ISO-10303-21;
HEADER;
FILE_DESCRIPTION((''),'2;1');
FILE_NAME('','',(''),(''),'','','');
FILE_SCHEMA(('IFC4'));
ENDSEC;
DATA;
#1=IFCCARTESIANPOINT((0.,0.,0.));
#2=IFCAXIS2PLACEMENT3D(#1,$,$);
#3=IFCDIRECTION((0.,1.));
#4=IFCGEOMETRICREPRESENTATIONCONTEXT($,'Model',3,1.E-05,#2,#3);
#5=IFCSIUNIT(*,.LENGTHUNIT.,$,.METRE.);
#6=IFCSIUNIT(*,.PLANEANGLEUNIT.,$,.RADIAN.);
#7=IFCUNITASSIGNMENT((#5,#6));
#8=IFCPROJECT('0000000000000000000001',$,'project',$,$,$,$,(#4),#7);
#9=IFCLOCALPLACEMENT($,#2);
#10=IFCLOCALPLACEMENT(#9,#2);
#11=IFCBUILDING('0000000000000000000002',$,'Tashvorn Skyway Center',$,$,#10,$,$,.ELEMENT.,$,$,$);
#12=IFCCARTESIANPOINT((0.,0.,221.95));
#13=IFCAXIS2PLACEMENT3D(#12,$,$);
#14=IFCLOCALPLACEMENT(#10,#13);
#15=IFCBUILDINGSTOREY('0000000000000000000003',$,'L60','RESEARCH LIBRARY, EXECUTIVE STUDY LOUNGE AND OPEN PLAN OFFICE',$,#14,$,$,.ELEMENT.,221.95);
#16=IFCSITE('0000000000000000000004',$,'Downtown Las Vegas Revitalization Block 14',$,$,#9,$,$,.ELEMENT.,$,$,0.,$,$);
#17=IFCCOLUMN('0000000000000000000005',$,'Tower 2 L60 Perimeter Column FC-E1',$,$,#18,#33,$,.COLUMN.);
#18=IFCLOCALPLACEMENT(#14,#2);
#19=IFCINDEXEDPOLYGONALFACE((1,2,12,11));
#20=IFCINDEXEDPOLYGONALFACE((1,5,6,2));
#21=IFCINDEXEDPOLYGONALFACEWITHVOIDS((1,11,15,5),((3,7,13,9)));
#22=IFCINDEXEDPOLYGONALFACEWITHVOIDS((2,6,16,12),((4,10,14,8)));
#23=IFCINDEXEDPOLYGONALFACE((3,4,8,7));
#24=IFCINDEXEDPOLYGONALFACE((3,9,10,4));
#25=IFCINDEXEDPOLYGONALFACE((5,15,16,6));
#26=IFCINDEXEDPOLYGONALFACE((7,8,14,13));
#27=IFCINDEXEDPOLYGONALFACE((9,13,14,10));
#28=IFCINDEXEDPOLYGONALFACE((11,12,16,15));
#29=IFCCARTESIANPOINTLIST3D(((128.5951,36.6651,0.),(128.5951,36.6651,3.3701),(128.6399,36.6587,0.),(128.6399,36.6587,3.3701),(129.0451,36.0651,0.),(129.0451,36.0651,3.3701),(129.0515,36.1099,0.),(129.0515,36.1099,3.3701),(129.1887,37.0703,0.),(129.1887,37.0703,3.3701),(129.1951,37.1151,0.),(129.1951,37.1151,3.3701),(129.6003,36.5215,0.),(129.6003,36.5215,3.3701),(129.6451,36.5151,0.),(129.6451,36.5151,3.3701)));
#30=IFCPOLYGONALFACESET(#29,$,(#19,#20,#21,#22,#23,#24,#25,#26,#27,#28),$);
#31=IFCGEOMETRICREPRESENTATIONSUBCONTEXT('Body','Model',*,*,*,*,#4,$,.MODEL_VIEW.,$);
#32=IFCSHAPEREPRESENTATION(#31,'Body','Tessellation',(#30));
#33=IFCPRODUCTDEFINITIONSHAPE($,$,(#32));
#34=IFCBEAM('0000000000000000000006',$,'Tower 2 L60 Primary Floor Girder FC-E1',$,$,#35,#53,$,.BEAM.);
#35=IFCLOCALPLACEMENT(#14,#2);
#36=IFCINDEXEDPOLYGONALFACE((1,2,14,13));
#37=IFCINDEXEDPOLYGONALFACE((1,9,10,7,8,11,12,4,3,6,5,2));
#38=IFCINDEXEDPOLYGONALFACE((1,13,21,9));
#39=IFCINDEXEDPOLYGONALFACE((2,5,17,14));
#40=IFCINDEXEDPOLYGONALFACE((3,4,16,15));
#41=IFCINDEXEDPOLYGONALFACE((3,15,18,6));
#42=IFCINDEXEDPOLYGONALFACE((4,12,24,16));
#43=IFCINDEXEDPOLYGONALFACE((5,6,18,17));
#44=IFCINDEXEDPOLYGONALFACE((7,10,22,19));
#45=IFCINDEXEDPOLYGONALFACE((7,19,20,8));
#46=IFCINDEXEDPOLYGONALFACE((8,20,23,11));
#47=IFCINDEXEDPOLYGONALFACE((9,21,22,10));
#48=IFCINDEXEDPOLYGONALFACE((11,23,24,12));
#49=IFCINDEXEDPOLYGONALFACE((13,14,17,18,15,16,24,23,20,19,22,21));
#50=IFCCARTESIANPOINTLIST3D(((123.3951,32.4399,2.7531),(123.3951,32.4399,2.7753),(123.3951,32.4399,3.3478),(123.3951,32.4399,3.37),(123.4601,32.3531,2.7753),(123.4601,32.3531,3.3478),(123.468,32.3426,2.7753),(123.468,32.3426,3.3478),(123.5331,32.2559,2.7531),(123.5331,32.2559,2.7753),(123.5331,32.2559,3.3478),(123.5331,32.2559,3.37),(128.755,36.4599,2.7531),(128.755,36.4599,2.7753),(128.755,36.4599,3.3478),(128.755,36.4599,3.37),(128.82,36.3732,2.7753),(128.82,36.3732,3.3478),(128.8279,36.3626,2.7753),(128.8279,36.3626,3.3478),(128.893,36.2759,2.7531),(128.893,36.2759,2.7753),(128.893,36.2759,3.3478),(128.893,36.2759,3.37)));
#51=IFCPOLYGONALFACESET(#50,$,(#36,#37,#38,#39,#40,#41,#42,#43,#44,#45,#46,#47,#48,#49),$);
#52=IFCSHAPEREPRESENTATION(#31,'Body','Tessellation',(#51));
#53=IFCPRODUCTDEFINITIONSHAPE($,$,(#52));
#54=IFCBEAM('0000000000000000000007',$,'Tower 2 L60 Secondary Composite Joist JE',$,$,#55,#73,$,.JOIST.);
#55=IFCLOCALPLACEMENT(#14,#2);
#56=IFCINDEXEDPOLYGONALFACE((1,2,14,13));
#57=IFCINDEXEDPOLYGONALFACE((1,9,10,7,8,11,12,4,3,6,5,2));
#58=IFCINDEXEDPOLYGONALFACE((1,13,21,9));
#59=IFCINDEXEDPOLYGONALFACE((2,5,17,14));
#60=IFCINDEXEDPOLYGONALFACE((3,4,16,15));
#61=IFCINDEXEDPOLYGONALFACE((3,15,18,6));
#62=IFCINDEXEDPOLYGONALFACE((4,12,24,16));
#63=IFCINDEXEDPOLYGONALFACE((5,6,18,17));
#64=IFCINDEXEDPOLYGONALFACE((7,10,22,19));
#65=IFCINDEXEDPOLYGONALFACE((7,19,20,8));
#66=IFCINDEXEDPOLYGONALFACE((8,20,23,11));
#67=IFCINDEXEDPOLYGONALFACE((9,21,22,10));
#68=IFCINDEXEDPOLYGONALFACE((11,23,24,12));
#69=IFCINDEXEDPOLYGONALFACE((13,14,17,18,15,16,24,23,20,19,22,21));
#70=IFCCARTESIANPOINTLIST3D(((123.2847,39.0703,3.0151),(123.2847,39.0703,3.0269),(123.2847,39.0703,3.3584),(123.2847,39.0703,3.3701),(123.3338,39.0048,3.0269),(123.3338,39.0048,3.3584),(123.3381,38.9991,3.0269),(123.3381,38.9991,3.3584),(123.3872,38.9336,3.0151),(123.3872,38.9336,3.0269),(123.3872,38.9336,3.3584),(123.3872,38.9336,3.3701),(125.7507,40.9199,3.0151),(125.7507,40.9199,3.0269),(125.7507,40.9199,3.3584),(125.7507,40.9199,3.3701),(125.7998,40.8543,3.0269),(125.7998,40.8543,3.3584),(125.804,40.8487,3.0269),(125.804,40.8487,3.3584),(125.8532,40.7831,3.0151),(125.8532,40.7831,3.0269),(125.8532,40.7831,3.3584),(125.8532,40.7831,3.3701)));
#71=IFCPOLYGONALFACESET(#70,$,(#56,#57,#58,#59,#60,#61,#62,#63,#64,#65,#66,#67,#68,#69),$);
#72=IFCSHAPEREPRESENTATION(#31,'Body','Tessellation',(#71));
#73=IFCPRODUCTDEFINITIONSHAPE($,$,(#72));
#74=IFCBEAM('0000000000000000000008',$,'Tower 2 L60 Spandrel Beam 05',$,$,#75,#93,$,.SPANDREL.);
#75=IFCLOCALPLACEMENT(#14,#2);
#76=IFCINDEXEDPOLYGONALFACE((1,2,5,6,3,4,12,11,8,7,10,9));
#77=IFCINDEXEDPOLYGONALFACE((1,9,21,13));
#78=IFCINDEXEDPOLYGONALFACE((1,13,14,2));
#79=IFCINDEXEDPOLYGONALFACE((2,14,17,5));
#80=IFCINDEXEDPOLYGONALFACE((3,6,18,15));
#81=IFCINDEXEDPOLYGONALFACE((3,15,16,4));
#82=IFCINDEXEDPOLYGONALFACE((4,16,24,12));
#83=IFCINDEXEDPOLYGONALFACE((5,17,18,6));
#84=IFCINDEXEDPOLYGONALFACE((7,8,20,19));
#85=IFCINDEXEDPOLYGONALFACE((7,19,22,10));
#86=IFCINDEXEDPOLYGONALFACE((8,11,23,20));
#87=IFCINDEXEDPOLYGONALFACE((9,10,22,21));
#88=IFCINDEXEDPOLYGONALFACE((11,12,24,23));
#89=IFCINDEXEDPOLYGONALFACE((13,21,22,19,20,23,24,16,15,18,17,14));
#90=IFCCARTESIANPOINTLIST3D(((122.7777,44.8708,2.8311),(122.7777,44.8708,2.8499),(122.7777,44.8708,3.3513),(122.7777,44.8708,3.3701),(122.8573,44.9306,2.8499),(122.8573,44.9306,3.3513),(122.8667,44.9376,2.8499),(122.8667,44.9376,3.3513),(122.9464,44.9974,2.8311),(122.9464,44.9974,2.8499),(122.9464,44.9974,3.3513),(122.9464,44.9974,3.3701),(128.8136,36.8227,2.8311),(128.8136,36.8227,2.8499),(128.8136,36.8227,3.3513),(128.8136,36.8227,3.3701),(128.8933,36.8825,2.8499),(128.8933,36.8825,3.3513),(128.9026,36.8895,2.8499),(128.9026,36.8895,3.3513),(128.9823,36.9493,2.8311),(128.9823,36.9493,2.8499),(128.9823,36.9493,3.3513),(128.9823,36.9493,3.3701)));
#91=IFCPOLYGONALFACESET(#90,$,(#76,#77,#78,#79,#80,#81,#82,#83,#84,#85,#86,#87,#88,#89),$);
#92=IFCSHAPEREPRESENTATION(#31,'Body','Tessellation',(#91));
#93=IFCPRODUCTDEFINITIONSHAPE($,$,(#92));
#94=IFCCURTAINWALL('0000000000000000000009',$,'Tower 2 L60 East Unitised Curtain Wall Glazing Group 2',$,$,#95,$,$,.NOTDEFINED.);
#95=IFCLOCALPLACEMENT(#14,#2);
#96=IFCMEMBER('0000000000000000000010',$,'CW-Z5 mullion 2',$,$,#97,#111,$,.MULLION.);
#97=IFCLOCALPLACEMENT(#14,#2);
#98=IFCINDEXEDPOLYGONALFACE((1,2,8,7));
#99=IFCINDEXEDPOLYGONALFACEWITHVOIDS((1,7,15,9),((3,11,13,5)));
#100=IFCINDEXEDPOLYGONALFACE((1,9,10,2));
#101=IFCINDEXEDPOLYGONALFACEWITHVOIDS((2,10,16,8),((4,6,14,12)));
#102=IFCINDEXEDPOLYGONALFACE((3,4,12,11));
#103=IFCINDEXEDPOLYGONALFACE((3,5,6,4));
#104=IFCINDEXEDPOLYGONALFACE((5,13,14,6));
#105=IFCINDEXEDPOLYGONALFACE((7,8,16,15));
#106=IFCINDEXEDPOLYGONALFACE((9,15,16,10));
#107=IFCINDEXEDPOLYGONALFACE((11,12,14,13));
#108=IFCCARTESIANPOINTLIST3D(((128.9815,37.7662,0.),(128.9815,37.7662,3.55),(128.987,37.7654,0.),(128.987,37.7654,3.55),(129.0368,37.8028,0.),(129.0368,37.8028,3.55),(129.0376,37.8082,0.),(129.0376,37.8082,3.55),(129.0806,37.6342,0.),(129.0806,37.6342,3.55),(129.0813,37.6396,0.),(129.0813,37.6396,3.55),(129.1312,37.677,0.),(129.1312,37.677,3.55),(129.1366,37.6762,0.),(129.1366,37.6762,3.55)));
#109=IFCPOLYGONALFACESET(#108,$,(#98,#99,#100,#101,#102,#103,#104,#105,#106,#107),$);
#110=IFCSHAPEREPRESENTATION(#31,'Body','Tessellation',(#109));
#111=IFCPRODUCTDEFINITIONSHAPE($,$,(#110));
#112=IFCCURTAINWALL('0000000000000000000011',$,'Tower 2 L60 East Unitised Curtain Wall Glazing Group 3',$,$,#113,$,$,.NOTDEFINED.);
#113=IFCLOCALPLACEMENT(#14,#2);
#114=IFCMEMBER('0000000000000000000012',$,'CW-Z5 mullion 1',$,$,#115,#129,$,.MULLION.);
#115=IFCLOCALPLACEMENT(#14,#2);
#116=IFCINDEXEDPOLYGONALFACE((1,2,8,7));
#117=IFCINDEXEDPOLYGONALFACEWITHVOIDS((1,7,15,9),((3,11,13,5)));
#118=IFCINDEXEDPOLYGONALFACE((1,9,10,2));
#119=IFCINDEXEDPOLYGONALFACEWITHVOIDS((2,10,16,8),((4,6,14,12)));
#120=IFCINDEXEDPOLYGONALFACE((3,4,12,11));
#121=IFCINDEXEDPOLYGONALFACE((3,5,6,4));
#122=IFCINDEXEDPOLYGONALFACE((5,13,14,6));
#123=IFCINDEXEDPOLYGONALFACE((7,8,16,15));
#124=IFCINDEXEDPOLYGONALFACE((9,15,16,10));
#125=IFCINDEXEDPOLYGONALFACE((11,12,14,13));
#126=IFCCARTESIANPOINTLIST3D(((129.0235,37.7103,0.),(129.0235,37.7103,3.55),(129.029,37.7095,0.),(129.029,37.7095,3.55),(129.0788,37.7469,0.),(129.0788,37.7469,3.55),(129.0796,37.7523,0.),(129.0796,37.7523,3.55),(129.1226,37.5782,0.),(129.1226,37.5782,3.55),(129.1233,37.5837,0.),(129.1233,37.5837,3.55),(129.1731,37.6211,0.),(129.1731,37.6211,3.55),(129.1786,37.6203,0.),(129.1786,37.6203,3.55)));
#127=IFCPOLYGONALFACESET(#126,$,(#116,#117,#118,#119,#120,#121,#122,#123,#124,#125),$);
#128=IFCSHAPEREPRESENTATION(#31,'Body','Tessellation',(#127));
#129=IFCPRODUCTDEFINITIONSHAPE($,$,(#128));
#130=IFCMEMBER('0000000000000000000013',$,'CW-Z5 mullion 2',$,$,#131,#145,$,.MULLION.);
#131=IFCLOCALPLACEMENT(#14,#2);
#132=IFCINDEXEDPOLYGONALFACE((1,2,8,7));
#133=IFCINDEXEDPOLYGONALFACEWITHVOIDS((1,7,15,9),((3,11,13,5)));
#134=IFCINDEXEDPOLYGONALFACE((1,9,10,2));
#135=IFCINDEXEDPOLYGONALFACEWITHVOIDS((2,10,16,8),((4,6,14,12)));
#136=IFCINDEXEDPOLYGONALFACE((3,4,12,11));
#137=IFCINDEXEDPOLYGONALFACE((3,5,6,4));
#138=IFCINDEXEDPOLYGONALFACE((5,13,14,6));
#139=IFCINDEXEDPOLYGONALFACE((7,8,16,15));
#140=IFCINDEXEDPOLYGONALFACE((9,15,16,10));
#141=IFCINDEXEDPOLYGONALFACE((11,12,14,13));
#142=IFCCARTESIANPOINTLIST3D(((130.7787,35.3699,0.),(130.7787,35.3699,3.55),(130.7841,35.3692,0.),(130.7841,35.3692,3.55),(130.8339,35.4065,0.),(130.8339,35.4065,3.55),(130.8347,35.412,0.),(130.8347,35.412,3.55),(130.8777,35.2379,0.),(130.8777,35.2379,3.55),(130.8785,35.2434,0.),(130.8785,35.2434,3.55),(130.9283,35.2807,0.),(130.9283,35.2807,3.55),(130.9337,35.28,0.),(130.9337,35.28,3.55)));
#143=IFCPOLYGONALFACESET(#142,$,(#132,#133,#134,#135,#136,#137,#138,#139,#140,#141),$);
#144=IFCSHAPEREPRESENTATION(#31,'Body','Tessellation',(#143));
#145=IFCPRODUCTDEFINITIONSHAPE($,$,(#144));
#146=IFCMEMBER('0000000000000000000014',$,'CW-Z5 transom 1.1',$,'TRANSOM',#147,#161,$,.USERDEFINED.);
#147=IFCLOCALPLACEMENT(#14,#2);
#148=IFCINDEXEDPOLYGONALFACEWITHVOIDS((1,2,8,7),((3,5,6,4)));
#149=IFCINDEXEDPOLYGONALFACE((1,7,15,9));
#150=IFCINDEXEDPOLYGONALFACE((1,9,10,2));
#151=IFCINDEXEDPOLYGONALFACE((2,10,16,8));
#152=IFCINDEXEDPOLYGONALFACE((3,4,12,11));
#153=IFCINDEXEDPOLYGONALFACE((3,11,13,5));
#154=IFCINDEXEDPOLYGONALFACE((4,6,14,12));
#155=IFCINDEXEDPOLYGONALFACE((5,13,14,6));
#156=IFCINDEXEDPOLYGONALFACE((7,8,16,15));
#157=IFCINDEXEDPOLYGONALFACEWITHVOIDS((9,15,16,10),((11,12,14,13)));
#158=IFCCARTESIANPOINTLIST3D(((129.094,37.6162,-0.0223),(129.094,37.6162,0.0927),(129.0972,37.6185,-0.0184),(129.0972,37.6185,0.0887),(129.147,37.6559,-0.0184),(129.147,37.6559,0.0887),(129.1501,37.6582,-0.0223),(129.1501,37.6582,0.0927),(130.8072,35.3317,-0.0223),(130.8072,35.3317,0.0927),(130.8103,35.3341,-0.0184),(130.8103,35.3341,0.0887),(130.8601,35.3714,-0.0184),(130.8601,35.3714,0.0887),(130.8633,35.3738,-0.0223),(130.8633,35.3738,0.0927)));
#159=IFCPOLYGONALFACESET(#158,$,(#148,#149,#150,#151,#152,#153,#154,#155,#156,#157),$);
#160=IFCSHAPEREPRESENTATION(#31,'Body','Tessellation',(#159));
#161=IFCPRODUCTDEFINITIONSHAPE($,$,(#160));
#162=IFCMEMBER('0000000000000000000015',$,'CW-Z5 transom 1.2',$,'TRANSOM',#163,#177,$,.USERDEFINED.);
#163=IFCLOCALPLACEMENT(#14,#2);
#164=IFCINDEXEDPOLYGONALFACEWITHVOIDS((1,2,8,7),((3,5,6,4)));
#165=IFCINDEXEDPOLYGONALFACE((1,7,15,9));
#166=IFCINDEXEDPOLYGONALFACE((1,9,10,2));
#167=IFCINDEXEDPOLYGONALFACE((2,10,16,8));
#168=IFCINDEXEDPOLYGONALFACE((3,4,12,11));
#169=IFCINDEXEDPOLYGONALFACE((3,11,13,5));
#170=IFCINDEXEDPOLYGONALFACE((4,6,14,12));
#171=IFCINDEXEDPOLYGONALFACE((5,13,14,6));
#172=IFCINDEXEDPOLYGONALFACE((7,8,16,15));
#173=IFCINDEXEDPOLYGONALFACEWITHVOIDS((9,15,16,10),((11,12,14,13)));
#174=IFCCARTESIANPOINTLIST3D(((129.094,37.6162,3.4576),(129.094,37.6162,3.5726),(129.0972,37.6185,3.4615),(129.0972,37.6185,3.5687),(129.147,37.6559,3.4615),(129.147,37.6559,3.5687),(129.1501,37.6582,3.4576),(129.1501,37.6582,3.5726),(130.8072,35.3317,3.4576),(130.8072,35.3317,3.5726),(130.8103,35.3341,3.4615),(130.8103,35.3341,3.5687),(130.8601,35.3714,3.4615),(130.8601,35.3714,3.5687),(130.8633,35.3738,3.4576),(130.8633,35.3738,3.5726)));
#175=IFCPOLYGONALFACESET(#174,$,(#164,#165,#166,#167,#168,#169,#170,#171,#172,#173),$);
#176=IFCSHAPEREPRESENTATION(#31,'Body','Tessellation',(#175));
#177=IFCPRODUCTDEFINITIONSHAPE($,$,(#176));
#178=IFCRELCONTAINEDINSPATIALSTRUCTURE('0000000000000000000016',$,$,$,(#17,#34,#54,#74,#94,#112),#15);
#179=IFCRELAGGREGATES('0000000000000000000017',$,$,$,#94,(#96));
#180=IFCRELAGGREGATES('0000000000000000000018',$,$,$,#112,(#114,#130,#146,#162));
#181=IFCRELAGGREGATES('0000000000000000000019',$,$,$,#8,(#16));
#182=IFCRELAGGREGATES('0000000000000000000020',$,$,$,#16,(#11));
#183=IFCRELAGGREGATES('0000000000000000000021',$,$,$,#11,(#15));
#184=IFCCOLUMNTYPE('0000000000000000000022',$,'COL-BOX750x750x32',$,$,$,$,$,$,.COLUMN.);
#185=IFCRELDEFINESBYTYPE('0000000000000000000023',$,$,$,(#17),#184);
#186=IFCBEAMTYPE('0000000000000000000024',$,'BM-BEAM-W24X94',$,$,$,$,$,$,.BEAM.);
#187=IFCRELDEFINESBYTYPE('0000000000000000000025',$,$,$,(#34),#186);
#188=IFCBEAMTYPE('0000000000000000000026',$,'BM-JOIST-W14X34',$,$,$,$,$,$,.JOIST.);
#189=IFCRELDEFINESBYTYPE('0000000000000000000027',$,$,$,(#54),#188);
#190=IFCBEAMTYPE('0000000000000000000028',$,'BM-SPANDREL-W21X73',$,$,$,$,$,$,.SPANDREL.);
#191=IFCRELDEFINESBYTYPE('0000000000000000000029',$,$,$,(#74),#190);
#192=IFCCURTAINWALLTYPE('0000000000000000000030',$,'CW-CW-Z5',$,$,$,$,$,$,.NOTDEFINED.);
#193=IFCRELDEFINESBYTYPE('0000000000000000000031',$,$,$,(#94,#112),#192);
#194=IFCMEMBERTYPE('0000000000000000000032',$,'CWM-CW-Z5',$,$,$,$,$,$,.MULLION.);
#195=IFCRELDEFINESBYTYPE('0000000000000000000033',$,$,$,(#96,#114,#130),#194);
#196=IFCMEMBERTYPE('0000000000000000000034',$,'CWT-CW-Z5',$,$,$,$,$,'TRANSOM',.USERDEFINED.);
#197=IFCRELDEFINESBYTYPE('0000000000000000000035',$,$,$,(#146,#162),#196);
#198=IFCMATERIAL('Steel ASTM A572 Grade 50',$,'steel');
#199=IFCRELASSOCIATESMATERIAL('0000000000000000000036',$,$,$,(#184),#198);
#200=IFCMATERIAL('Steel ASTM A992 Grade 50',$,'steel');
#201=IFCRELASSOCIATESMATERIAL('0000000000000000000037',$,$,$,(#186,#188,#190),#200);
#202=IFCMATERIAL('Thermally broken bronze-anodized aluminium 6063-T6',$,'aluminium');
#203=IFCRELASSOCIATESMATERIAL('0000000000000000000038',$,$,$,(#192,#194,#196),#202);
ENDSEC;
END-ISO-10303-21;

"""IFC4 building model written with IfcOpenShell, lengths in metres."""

from ifc_helpers import new_model, si_unit, direction, frame, origin, origin_2d, place, context, subcontext, project, spatial, hollow_rectangle, i_section, extrude, material, material_profile, profile_set, type_object, element, aggregate, save


model = new_model("IFC4")

# Units and contexts
model_context = context("Model", 3, precision=1e-05, world=origin(), true_north=direction((0.0, 1.0)))
body_context = subcontext(model_context, "Body", "Model", "MODEL_VIEW")
ifc_project = project(units=[si_unit("LENGTHUNIT", "METRE"), si_unit("PLANEANGLEUNIT", "RADIAN")], contexts=[model_context])

# Site, building, storey
site_placement = place(None, origin())
site = spatial("IfcSite", under=ifc_project, at=site_placement, Name="Downtown Las Vegas Revitalization Block 14", CompositionType="ELEMENT", RefElevation=0.0)
building_placement = place(site_placement, origin())
building = spatial("IfcBuilding", under=site, at=building_placement, Name="Tashvorn Skyway Center", CompositionType="ELEMENT")
storey_placement = place(building_placement, frame((0.0, 0.0, 221.95)))
storey = spatial("IfcBuildingStorey", under=building, at=storey_placement, Name="L60", Description="RESEARCH LIBRARY, EXECUTIVE STUDY LOUNGE AND OPEN PLAN OFFICE", CompositionType="ELEMENT", Elevation=221.95)

# Column
ifc_material_1 = material(Name="Steel ASTM A572 Grade 50", Category="steel")
ifc_material_profile_1 = material_profile(ifc_material_1, hollow_rectangle(XDim=0.75, YDim=0.75, WallThickness=0.032, at=origin_2d()), Name="BOX750x750x32")
ifc_profile_set_1 = profile_set([ifc_material_profile_1], Name="Steel ASTM A572 Grade 50")
column_type = type_object("IfcColumnType", Name="COL-BOX750x750x32", PredefinedType="COLUMN", material=ifc_profile_set_1)
column_placement = place(storey_placement, frame((129.1201, 36.5901, 0.0), z_axis=(0.0, 0.0, 1.0), x_axis=(0.8, 0.6, 0.0)))
element("IfcColumn", 1, at=column_placement, inside=storey, type_object=column_type, Name="Tower 2 L60 Perimeter Column FC-E1", PredefinedType="COLUMN", context=body_context, shape_type="SweptSolid", body=[
    extrude(hollow_rectangle(XDim=0.75, YDim=0.75, WallThickness=0.032, at=origin_2d()), origin(), (0.0, 0.0, 1.0), 3.3701),
])

# Beams
ifc_material_2 = material(Name="Steel ASTM A992 Grade 50", Category="steel")
ifc_material_profile_2 = material_profile(ifc_material_2, i_section(OverallWidth=0.23, OverallDepth=0.6169, WebThickness=0.0132, FlangeThickness=0.0222, at=origin_2d()), Name="W24X94")
ifc_profile_set_2 = profile_set([ifc_material_profile_2], Name="Steel ASTM A992 Grade 50")
beam_type_1 = type_object("IfcBeamType", Name="BM-BEAM-W24X94", PredefinedType="BEAM", material=ifc_profile_set_2)
beam_1_placement = place(storey_placement, frame((128.824, 36.3679, 3.0615), z_axis=(-0.799991, -0.600012, 0.0), x_axis=(0.600012, -0.799991, 0.0)))
element("IfcBeam", 2, at=beam_1_placement, inside=storey, type_object=beam_type_1, Name="Tower 2 L60 Primary Floor Girder FC-E1", PredefinedType="BEAM", context=body_context, shape_type="SweptSolid", body=[
    extrude(i_section(OverallWidth=0.23, OverallDepth=0.6169, WebThickness=0.0132, FlangeThickness=0.0222, at=origin_2d()), origin(), (0.0, 0.0, 1.0), 6.7),
])
ifc_material_profile_3 = material_profile(ifc_material_2, i_section(OverallWidth=0.1709, OverallDepth=0.355, WebThickness=0.0071, FlangeThickness=0.0117, at=origin_2d()), Name="W14X34")
ifc_profile_set_3 = profile_set([ifc_material_profile_3], Name="Steel ASTM A992 Grade 50")
beam_type_2 = type_object("IfcBeamType", Name="BM-JOIST-W14X34", PredefinedType="JOIST", material=ifc_profile_set_3)
beam_2_placement = place(storey_placement, frame((123.3359, 39.002, 3.1926), z_axis=(0.79999, 0.600013, 0.0), x_axis=(-0.600013, 0.79999, 0.0)))
element("IfcBeam", 3, at=beam_2_placement, inside=storey, type_object=beam_type_2, Name="Tower 2 L60 Secondary Composite Joist JE", PredefinedType="JOIST", context=body_context, shape_type="SweptSolid", body=[
    extrude(i_section(OverallWidth=0.1709, OverallDepth=0.355, WebThickness=0.0071, FlangeThickness=0.0117, at=origin_2d()), origin(), (0.0, 0.0, 1.0), 3.0825),
])
ifc_material_profile_4 = material_profile(ifc_material_2, i_section(OverallWidth=0.2109, OverallDepth=0.5391, WebThickness=0.0117, FlangeThickness=0.0188, at=origin_2d()), Name="W21X73")
ifc_profile_set_4 = profile_set([ifc_material_profile_4], Name="Steel ASTM A992 Grade 50")
beam_type_3 = type_object("IfcBeamType", Name="BM-SPANDREL-W21X73", PredefinedType="SPANDREL", material=ifc_profile_set_4)
beam_3_placement = place(storey_placement, frame((128.8979, 36.886, 3.1006), z_axis=(-0.599988, 0.800009, 0.0), x_axis=(-0.800009, -0.599988, 0.0)))
element("IfcBeam", 4, at=beam_3_placement, inside=storey, type_object=beam_type_3, Name="Tower 2 L60 Spandrel Beam 05", PredefinedType="SPANDREL", context=body_context, shape_type="SweptSolid", body=[
    extrude(i_section(OverallWidth=0.2109, OverallDepth=0.5391, WebThickness=0.0117, FlangeThickness=0.0188, at=origin_2d()), origin(), (0.0, 0.0, 1.0), 10.0601),
])

# Curtain wall, member
ifc_material_3 = material(Name="Thermally broken bronze-anodized aluminium 6063-T6", Category="aluminium")
curtain_wall_type = type_object("IfcCurtainWallType", Name="CW-CW-Z5", PredefinedType="NOTDEFINED", material=ifc_material_3)
curtain_wall_1_placement = place(storey_placement, origin())
curtain_wall_1 = element("IfcCurtainWall", 5, at=curtain_wall_1_placement, inside=storey, type_object=curtain_wall_type, Name="Tower 2 L60 East Unitised Curtain Wall Glazing Group 2", PredefinedType="NOTDEFINED")
ifc_material_profile_5 = material_profile(ifc_material_3, hollow_rectangle(XDim=0.0701, YDim=0.165, WallThickness=0.0039, at=origin_2d()), Name="ALU-MULL-70x165")
ifc_profile_set_5 = profile_set([ifc_material_profile_5], Name="Thermally broken bronze-anodized aluminium 6063-T6")
member_type_1 = type_object("IfcMemberType", Name="CWM-CW-Z5", PredefinedType="MULLION", material=ifc_profile_set_5)
member_1_placement = place(storey_placement, frame((129.0591, 37.7212, 0.0), z_axis=(0.0, 0.0, 1.0), x_axis=(0.800003, 0.599996, 0.0)))
member_1 = element("IfcMember", 6, at=member_1_placement, type_object=member_type_1, Name="CW-Z5 mullion 2", PredefinedType="MULLION", context=body_context, shape_type="SweptSolid", body=[
    extrude(hollow_rectangle(XDim=0.0701, YDim=0.165, WallThickness=0.0039, at=origin_2d()), origin(), (0.0, 0.0, 1.0), 3.55),
])
aggregate(curtain_wall_1, [member_1])

# Curtain wall, members
curtain_wall_2_placement = place(storey_placement, origin())
curtain_wall_2 = element("IfcCurtainWall", 7, at=curtain_wall_2_placement, inside=storey, type_object=curtain_wall_type, Name="Tower 2 L60 East Unitised Curtain Wall Glazing Group 3", PredefinedType="NOTDEFINED")
member_2_placement = place(storey_placement, frame((129.1011, 37.6653, 0.0), z_axis=(0.0, 0.0, 1.0), x_axis=(0.8, 0.6, 0.0)))
member_2 = element("IfcMember", 8, at=member_2_placement, type_object=member_type_1, Name="CW-Z5 mullion 1", PredefinedType="MULLION", context=body_context, shape_type="SweptSolid", body=[
    extrude(hollow_rectangle(XDim=0.0701, YDim=0.165, WallThickness=0.0039, at=origin_2d()), origin(), (0.0, 0.0, 1.0), 3.55),
])
member_3_placement = place(storey_placement, frame((130.8562, 35.325, 0.0), z_axis=(0.0, 0.0, 1.0), x_axis=(0.8, 0.6, 0.0)))
member_3 = element("IfcMember", 9, at=member_3_placement, type_object=member_type_1, Name="CW-Z5 mullion 2", PredefinedType="MULLION", context=body_context, shape_type="SweptSolid", body=[
    extrude(hollow_rectangle(XDim=0.0701, YDim=0.165, WallThickness=0.0039, at=origin_2d()), origin(), (0.0, 0.0, 1.0), 3.55),
])
ifc_material_profile_6 = material_profile(ifc_material_3, hollow_rectangle(XDim=0.0701, YDim=0.115, WallThickness=0.0039, at=origin_2d()), Name="ALU-TRAN-70x115")
ifc_profile_set_6 = profile_set([ifc_material_profile_6], Name="Thermally broken bronze-anodized aluminium 6063-T6")
member_type_2 = type_object("IfcMemberType", Name="CWT-CW-Z5", ElementType="TRANSOM", PredefinedType="USERDEFINED", material=ifc_profile_set_6)
member_4_placement = place(storey_placement, frame((129.1221, 37.6372, 0.0352), z_axis=(0.599959, -0.800031, 0.0), x_axis=(0.800031, 0.599959, 0.0)))
member_4 = element("IfcMember", 10, at=member_4_placement, type_object=member_type_2, Name="CW-Z5 transom 1.1", ObjectType="TRANSOM", PredefinedType="USERDEFINED", context=body_context, shape_type="SweptSolid", body=[
    extrude(hollow_rectangle(XDim=0.0701, YDim=0.115, WallThickness=0.0039, at=origin_2d()), origin(), (0.0, 0.0, 1.0), 2.8555),
])
member_5_placement = place(storey_placement, frame((129.1221, 37.6372, 3.5151), z_axis=(0.599959, -0.800031, 0.0), x_axis=(0.800031, 0.599959, 0.0)))
member_5 = element("IfcMember", 11, at=member_5_placement, type_object=member_type_2, Name="CW-Z5 transom 1.2", ObjectType="TRANSOM", PredefinedType="USERDEFINED", context=body_context, shape_type="SweptSolid", body=[
    extrude(hollow_rectangle(XDim=0.0701, YDim=0.115, WallThickness=0.0039, at=origin_2d()), origin(), (0.0, 0.0, 1.0), 2.8555),
])
aggregate(curtain_wall_2, [member_2, member_3, member_4, member_5])

save(model, "model.ifc")
